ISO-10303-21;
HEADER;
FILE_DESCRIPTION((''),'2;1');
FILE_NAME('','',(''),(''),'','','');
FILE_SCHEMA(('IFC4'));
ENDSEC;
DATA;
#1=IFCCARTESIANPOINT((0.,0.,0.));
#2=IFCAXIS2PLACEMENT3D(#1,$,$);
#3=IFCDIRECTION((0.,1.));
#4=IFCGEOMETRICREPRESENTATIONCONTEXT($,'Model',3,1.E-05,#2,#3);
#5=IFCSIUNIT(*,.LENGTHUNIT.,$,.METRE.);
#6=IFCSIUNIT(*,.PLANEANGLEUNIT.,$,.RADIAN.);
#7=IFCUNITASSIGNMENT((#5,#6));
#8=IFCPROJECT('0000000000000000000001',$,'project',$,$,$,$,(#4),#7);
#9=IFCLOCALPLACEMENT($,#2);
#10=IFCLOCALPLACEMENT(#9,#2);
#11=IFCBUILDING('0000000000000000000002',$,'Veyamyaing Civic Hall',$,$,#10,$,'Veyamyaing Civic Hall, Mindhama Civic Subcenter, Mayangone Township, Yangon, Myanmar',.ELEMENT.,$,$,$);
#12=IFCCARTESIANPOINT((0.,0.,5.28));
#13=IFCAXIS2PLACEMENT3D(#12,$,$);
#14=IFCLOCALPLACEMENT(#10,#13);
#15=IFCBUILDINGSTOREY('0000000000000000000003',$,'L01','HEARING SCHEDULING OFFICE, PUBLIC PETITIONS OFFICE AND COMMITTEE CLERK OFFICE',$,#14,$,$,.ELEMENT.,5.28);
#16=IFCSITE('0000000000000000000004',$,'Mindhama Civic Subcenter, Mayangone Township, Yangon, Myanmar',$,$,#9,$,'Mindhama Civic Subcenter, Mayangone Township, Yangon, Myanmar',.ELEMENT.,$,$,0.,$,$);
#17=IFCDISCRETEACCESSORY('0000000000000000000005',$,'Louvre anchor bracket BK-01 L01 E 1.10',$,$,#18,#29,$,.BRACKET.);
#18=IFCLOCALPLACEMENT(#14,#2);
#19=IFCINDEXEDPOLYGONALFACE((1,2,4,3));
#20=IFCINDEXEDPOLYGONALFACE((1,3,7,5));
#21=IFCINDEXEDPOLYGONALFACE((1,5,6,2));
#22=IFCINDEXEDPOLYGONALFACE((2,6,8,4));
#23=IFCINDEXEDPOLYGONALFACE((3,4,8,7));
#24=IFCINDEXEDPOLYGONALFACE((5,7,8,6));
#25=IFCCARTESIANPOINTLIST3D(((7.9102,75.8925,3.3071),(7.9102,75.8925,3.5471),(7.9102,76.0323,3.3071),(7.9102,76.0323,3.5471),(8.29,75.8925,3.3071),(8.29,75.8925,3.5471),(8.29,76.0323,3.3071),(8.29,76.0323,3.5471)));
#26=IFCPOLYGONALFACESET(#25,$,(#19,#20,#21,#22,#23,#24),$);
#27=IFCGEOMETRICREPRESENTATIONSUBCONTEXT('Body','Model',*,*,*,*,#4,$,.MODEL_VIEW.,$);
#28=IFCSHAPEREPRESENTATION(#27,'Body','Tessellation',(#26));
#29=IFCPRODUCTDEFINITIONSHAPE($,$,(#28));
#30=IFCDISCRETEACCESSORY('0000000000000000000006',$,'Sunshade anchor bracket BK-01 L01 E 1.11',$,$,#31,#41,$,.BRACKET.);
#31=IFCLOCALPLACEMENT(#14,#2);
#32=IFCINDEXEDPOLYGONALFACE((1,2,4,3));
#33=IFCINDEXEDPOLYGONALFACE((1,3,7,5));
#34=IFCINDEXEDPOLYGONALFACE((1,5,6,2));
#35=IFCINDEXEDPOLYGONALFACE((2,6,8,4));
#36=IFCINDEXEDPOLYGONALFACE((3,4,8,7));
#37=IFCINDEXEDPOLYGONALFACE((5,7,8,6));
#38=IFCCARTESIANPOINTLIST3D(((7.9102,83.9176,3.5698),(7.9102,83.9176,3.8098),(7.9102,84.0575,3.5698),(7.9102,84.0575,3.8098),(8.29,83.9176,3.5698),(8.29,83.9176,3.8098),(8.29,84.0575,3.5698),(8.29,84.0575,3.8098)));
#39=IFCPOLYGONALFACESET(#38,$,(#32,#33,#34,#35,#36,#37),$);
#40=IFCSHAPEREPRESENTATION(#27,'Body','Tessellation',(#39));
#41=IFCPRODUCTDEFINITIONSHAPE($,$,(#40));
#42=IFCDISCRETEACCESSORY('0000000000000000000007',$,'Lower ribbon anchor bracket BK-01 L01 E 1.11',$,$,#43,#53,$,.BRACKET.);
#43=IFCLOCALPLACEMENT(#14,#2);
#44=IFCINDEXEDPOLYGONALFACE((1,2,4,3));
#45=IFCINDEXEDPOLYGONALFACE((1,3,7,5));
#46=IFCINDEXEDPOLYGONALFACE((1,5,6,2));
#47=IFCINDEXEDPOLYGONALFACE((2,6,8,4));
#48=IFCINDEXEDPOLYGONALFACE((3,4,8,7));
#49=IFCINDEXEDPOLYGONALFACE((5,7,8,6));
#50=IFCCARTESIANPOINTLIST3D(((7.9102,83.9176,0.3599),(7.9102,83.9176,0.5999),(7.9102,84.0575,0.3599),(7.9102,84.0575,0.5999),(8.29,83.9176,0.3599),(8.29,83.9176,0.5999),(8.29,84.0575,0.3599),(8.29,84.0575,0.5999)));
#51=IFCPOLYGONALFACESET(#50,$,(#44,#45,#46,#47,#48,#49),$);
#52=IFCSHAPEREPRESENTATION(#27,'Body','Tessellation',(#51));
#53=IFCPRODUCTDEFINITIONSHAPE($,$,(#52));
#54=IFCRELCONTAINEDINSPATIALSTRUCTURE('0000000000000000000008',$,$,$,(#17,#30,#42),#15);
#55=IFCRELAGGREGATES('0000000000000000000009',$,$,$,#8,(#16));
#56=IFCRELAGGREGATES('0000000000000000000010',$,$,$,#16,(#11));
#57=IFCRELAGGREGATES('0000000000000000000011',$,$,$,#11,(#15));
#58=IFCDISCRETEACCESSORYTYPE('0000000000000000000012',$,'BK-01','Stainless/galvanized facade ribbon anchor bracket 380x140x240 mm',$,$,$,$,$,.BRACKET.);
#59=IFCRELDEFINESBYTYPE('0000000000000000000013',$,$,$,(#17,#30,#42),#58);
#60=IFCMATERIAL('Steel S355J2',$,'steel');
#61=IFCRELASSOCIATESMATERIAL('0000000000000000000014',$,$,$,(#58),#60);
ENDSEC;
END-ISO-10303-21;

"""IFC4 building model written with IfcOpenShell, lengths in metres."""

from ifc_helpers import new_model, si_unit, direction, frame, origin, origin_2d, place, context, subcontext, project, spatial, rectangle, extrude, material, type_object, element, save


model = new_model("IFC4")

# Units and contexts
model_context = context("Model", 3, precision=1e-05, world=origin(), true_north=direction((0.0, 1.0)))
body_context = subcontext(model_context, "Body", "Model", "MODEL_VIEW")
ifc_project = project(units=[si_unit("LENGTHUNIT", "METRE"), si_unit("PLANEANGLEUNIT", "RADIAN")], contexts=[model_context])

# Site, building, storey
site_placement = place(None, origin())
site = spatial("IfcSite", under=ifc_project, at=site_placement, Name="Mindhama Civic Subcenter, Mayangone Township, Yangon, Myanmar", LongName="Mindhama Civic Subcenter, Mayangone Township, Yangon, Myanmar", CompositionType="ELEMENT", RefElevation=0.0)
building_placement = place(site_placement, origin())
building = spatial("IfcBuilding", under=site, at=building_placement, Name="Veyamyaing Civic Hall", LongName="Veyamyaing Civic Hall, Mindhama Civic Subcenter, Mayangone Township, Yangon, Myanmar", CompositionType="ELEMENT")
storey_placement = place(building_placement, frame((0.0, 0.0, 5.28)))
storey = spatial("IfcBuildingStorey", under=building, at=storey_placement, Name="L01", Description="HEARING SCHEDULING OFFICE, PUBLIC PETITIONS OFFICE AND COMMITTEE CLERK OFFICE", CompositionType="ELEMENT", Elevation=5.28)

# Discrete accessories
ifc_material_1 = material(Name="Steel S355J2", Category="steel")
discrete_accessory_type = type_object("IfcDiscreteAccessoryType", Name="BK-01", Description="Stainless/galvanized facade ribbon anchor bracket 380x140x240 mm", PredefinedType="BRACKET", material=ifc_material_1)
for number, where, z_axis, x_axis, name in (
    (1, (8.1001, 75.9624, 3.3071), (0.0, 0.0, 1.0), (1.0, 0.0, 0.0), "Louvre anchor bracket BK-01 L01 E 1.10"),
    (2, (8.1001, 83.9875, 3.5698), (0.0, 0.0, 1.0), (1.0, 0.0, 0.0), "Sunshade anchor bracket BK-01 L01 E 1.11"),
    (3, (8.1001, 83.9875, 0.3599), (0.0, 0.0, 1.0), (1.0, 0.0, 0.0), "Lower ribbon anchor bracket BK-01 L01 E 1.11"),
):
    element("IfcDiscreteAccessory", number, at=place(storey_placement, frame(where, z_axis=z_axis, x_axis=x_axis)), inside=storey, type_object=discrete_accessory_type, Name=name, PredefinedType="BRACKET", context=body_context, shape_type="SweptSolid", body=[
        extrude(rectangle(XDim=0.3799, YDim=0.1399, at=origin_2d()), origin(), (0.0, 0.0, 1.0), 0.24),
    ])

save(model, "model.ifc")
